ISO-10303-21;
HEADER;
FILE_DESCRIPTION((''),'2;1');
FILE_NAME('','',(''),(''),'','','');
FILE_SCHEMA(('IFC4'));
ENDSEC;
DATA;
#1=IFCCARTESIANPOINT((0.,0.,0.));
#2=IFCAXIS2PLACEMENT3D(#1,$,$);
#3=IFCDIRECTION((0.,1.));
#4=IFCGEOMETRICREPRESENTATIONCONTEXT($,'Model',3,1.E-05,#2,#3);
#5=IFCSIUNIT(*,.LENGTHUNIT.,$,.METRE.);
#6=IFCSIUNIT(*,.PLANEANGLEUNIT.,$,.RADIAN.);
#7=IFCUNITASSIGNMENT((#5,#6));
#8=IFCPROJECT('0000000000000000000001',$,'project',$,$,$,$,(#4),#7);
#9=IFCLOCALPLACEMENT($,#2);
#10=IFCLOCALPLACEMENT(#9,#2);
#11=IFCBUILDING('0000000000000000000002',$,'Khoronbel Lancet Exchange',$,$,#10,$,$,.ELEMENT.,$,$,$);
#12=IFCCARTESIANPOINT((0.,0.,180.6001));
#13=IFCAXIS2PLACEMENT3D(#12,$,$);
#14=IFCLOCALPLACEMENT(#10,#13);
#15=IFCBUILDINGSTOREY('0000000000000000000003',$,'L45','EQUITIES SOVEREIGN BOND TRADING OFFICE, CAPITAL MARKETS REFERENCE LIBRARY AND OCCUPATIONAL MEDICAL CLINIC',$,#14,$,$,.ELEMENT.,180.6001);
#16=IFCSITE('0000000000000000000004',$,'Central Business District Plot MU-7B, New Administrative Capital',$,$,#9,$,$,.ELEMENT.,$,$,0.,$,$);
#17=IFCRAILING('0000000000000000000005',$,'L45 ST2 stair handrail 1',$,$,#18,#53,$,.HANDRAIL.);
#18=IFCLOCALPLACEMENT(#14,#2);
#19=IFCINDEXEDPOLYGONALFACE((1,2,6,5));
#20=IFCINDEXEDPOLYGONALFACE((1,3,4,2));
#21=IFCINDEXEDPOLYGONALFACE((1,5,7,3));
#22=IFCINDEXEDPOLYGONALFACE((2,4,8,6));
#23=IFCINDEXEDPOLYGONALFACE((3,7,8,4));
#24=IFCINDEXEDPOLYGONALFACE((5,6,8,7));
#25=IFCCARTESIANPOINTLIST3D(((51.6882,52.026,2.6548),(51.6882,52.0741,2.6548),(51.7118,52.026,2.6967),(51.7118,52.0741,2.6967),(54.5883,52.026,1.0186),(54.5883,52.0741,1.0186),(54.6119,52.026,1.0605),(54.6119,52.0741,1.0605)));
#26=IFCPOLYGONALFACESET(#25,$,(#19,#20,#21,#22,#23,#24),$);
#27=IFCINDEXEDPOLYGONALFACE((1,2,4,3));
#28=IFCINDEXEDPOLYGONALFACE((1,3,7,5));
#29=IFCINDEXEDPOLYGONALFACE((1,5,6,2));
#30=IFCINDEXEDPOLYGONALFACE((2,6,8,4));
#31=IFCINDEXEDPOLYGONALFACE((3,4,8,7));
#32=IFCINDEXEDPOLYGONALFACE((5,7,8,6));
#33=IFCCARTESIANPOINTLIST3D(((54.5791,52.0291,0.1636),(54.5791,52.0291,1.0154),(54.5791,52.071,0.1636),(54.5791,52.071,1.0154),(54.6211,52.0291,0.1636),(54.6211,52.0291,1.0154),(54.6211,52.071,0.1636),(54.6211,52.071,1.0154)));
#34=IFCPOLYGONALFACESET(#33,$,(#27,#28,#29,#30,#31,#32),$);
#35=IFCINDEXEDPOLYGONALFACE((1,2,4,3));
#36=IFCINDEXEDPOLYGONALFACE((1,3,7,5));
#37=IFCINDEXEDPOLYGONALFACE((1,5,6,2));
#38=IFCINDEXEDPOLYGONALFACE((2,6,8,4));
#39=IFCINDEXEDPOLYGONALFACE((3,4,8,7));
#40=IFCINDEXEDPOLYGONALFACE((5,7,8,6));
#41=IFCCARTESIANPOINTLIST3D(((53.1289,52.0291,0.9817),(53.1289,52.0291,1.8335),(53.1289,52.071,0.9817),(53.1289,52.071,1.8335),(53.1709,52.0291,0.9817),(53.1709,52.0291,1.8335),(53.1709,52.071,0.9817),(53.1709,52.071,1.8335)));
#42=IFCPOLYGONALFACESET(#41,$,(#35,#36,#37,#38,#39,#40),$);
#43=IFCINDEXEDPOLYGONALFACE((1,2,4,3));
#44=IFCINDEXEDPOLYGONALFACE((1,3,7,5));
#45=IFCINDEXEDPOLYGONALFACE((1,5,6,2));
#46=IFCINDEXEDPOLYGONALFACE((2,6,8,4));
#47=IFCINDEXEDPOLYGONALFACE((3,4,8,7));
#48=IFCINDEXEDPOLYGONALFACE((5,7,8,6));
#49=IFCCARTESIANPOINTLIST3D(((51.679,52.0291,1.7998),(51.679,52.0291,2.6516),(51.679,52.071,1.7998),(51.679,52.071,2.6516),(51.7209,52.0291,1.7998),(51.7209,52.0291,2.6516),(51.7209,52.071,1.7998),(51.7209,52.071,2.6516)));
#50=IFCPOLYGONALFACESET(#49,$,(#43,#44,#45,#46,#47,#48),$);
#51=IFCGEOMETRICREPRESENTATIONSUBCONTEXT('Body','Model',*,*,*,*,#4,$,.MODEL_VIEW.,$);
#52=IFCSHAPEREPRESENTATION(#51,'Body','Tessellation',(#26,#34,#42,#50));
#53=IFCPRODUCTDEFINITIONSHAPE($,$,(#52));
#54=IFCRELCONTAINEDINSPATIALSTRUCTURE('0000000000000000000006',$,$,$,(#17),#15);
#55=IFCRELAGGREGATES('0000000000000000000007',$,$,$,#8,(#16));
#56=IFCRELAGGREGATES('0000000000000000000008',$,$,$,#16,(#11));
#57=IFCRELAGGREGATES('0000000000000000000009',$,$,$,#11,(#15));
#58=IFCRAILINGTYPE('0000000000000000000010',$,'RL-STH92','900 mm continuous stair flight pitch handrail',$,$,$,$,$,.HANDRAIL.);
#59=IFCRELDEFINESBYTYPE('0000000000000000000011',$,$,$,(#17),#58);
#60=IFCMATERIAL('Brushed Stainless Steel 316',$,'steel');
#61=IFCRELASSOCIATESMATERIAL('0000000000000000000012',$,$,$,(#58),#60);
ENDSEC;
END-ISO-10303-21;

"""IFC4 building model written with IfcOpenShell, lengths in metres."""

from ifc_helpers import new_model, si_unit, direction, frame, origin, origin_2d, place, context, subcontext, project, spatial, rectangle, extrude, material, type_object, element, save


model = new_model("IFC4")

# Units and contexts
model_context = context("Model", 3, precision=1e-05, world=origin(), true_north=direction((0.0, 1.0)))
body_context = subcontext(model_context, "Body", "Model", "MODEL_VIEW")
ifc_project = project(units=[si_unit("LENGTHUNIT", "METRE"), si_unit("PLANEANGLEUNIT", "RADIAN")], contexts=[model_context])

# Site, building, storey
site_placement = place(None, origin())
site = spatial("IfcSite", under=ifc_project, at=site_placement, Name="Central Business District Plot MU-7B, New Administrative Capital", CompositionType="ELEMENT", RefElevation=0.0)
building_placement = place(site_placement, origin())
building = spatial("IfcBuilding", under=site, at=building_placement, Name="Khoronbel Lancet Exchange", CompositionType="ELEMENT")
storey_placement = place(building_placement, frame((0.0, 0.0, 180.6001)))
storey = spatial("IfcBuildingStorey", under=building, at=storey_placement, Name="L45", Description="EQUITIES SOVEREIGN BOND TRADING OFFICE, CAPITAL MARKETS REFERENCE LIBRARY AND OCCUPATIONAL MEDICAL CLINIC", CompositionType="ELEMENT", Elevation=180.6001)

# Railing
ifc_material_1 = material(Name="Brushed Stainless Steel 316", Category="steel")
railing_type_1 = type_object("IfcRailingType", Name="RL-STH92", Description="900 mm continuous stair flight pitch handrail", PredefinedType="HANDRAIL", material=ifc_material_1)
railing_1_placement = place(storey_placement, frame((54.6001, 52.05, 0.1636)))
element("IfcRailing", 1, at=railing_1_placement, inside=storey, type_object=railing_type_1, Name="L45 ST2 stair handrail 1", PredefinedType="HANDRAIL", context=body_context, shape_type="SweptSolid", body=[
    extrude(rectangle(XDim=0.0481, YDim=0.0481, at=origin_2d()), frame((0.0, 0.0, 0.876), z_axis=(-0.870946, 0.0, 0.491378), x_axis=(0.0, -1.0, 0.0)), (0.0, 0.0, 1.0), 3.3298),
    extrude(rectangle(XDim=0.042, YDim=0.042, at=origin_2d()), origin(), (0.0, 0.0, 1.0), 0.8518),
    extrude(rectangle(XDim=0.042, YDim=0.042, at=origin_2d()), frame((-1.4502, 0.0, 0.8181)), (0.0, 0.0, 1.0), 0.8518),
    extrude(rectangle(XDim=0.042, YDim=0.042, at=origin_2d()), frame((-2.9001, 0.0, 1.6362)), (0.0, 0.0, 1.0), 0.8518),
])

save(model, "model.ifc")
